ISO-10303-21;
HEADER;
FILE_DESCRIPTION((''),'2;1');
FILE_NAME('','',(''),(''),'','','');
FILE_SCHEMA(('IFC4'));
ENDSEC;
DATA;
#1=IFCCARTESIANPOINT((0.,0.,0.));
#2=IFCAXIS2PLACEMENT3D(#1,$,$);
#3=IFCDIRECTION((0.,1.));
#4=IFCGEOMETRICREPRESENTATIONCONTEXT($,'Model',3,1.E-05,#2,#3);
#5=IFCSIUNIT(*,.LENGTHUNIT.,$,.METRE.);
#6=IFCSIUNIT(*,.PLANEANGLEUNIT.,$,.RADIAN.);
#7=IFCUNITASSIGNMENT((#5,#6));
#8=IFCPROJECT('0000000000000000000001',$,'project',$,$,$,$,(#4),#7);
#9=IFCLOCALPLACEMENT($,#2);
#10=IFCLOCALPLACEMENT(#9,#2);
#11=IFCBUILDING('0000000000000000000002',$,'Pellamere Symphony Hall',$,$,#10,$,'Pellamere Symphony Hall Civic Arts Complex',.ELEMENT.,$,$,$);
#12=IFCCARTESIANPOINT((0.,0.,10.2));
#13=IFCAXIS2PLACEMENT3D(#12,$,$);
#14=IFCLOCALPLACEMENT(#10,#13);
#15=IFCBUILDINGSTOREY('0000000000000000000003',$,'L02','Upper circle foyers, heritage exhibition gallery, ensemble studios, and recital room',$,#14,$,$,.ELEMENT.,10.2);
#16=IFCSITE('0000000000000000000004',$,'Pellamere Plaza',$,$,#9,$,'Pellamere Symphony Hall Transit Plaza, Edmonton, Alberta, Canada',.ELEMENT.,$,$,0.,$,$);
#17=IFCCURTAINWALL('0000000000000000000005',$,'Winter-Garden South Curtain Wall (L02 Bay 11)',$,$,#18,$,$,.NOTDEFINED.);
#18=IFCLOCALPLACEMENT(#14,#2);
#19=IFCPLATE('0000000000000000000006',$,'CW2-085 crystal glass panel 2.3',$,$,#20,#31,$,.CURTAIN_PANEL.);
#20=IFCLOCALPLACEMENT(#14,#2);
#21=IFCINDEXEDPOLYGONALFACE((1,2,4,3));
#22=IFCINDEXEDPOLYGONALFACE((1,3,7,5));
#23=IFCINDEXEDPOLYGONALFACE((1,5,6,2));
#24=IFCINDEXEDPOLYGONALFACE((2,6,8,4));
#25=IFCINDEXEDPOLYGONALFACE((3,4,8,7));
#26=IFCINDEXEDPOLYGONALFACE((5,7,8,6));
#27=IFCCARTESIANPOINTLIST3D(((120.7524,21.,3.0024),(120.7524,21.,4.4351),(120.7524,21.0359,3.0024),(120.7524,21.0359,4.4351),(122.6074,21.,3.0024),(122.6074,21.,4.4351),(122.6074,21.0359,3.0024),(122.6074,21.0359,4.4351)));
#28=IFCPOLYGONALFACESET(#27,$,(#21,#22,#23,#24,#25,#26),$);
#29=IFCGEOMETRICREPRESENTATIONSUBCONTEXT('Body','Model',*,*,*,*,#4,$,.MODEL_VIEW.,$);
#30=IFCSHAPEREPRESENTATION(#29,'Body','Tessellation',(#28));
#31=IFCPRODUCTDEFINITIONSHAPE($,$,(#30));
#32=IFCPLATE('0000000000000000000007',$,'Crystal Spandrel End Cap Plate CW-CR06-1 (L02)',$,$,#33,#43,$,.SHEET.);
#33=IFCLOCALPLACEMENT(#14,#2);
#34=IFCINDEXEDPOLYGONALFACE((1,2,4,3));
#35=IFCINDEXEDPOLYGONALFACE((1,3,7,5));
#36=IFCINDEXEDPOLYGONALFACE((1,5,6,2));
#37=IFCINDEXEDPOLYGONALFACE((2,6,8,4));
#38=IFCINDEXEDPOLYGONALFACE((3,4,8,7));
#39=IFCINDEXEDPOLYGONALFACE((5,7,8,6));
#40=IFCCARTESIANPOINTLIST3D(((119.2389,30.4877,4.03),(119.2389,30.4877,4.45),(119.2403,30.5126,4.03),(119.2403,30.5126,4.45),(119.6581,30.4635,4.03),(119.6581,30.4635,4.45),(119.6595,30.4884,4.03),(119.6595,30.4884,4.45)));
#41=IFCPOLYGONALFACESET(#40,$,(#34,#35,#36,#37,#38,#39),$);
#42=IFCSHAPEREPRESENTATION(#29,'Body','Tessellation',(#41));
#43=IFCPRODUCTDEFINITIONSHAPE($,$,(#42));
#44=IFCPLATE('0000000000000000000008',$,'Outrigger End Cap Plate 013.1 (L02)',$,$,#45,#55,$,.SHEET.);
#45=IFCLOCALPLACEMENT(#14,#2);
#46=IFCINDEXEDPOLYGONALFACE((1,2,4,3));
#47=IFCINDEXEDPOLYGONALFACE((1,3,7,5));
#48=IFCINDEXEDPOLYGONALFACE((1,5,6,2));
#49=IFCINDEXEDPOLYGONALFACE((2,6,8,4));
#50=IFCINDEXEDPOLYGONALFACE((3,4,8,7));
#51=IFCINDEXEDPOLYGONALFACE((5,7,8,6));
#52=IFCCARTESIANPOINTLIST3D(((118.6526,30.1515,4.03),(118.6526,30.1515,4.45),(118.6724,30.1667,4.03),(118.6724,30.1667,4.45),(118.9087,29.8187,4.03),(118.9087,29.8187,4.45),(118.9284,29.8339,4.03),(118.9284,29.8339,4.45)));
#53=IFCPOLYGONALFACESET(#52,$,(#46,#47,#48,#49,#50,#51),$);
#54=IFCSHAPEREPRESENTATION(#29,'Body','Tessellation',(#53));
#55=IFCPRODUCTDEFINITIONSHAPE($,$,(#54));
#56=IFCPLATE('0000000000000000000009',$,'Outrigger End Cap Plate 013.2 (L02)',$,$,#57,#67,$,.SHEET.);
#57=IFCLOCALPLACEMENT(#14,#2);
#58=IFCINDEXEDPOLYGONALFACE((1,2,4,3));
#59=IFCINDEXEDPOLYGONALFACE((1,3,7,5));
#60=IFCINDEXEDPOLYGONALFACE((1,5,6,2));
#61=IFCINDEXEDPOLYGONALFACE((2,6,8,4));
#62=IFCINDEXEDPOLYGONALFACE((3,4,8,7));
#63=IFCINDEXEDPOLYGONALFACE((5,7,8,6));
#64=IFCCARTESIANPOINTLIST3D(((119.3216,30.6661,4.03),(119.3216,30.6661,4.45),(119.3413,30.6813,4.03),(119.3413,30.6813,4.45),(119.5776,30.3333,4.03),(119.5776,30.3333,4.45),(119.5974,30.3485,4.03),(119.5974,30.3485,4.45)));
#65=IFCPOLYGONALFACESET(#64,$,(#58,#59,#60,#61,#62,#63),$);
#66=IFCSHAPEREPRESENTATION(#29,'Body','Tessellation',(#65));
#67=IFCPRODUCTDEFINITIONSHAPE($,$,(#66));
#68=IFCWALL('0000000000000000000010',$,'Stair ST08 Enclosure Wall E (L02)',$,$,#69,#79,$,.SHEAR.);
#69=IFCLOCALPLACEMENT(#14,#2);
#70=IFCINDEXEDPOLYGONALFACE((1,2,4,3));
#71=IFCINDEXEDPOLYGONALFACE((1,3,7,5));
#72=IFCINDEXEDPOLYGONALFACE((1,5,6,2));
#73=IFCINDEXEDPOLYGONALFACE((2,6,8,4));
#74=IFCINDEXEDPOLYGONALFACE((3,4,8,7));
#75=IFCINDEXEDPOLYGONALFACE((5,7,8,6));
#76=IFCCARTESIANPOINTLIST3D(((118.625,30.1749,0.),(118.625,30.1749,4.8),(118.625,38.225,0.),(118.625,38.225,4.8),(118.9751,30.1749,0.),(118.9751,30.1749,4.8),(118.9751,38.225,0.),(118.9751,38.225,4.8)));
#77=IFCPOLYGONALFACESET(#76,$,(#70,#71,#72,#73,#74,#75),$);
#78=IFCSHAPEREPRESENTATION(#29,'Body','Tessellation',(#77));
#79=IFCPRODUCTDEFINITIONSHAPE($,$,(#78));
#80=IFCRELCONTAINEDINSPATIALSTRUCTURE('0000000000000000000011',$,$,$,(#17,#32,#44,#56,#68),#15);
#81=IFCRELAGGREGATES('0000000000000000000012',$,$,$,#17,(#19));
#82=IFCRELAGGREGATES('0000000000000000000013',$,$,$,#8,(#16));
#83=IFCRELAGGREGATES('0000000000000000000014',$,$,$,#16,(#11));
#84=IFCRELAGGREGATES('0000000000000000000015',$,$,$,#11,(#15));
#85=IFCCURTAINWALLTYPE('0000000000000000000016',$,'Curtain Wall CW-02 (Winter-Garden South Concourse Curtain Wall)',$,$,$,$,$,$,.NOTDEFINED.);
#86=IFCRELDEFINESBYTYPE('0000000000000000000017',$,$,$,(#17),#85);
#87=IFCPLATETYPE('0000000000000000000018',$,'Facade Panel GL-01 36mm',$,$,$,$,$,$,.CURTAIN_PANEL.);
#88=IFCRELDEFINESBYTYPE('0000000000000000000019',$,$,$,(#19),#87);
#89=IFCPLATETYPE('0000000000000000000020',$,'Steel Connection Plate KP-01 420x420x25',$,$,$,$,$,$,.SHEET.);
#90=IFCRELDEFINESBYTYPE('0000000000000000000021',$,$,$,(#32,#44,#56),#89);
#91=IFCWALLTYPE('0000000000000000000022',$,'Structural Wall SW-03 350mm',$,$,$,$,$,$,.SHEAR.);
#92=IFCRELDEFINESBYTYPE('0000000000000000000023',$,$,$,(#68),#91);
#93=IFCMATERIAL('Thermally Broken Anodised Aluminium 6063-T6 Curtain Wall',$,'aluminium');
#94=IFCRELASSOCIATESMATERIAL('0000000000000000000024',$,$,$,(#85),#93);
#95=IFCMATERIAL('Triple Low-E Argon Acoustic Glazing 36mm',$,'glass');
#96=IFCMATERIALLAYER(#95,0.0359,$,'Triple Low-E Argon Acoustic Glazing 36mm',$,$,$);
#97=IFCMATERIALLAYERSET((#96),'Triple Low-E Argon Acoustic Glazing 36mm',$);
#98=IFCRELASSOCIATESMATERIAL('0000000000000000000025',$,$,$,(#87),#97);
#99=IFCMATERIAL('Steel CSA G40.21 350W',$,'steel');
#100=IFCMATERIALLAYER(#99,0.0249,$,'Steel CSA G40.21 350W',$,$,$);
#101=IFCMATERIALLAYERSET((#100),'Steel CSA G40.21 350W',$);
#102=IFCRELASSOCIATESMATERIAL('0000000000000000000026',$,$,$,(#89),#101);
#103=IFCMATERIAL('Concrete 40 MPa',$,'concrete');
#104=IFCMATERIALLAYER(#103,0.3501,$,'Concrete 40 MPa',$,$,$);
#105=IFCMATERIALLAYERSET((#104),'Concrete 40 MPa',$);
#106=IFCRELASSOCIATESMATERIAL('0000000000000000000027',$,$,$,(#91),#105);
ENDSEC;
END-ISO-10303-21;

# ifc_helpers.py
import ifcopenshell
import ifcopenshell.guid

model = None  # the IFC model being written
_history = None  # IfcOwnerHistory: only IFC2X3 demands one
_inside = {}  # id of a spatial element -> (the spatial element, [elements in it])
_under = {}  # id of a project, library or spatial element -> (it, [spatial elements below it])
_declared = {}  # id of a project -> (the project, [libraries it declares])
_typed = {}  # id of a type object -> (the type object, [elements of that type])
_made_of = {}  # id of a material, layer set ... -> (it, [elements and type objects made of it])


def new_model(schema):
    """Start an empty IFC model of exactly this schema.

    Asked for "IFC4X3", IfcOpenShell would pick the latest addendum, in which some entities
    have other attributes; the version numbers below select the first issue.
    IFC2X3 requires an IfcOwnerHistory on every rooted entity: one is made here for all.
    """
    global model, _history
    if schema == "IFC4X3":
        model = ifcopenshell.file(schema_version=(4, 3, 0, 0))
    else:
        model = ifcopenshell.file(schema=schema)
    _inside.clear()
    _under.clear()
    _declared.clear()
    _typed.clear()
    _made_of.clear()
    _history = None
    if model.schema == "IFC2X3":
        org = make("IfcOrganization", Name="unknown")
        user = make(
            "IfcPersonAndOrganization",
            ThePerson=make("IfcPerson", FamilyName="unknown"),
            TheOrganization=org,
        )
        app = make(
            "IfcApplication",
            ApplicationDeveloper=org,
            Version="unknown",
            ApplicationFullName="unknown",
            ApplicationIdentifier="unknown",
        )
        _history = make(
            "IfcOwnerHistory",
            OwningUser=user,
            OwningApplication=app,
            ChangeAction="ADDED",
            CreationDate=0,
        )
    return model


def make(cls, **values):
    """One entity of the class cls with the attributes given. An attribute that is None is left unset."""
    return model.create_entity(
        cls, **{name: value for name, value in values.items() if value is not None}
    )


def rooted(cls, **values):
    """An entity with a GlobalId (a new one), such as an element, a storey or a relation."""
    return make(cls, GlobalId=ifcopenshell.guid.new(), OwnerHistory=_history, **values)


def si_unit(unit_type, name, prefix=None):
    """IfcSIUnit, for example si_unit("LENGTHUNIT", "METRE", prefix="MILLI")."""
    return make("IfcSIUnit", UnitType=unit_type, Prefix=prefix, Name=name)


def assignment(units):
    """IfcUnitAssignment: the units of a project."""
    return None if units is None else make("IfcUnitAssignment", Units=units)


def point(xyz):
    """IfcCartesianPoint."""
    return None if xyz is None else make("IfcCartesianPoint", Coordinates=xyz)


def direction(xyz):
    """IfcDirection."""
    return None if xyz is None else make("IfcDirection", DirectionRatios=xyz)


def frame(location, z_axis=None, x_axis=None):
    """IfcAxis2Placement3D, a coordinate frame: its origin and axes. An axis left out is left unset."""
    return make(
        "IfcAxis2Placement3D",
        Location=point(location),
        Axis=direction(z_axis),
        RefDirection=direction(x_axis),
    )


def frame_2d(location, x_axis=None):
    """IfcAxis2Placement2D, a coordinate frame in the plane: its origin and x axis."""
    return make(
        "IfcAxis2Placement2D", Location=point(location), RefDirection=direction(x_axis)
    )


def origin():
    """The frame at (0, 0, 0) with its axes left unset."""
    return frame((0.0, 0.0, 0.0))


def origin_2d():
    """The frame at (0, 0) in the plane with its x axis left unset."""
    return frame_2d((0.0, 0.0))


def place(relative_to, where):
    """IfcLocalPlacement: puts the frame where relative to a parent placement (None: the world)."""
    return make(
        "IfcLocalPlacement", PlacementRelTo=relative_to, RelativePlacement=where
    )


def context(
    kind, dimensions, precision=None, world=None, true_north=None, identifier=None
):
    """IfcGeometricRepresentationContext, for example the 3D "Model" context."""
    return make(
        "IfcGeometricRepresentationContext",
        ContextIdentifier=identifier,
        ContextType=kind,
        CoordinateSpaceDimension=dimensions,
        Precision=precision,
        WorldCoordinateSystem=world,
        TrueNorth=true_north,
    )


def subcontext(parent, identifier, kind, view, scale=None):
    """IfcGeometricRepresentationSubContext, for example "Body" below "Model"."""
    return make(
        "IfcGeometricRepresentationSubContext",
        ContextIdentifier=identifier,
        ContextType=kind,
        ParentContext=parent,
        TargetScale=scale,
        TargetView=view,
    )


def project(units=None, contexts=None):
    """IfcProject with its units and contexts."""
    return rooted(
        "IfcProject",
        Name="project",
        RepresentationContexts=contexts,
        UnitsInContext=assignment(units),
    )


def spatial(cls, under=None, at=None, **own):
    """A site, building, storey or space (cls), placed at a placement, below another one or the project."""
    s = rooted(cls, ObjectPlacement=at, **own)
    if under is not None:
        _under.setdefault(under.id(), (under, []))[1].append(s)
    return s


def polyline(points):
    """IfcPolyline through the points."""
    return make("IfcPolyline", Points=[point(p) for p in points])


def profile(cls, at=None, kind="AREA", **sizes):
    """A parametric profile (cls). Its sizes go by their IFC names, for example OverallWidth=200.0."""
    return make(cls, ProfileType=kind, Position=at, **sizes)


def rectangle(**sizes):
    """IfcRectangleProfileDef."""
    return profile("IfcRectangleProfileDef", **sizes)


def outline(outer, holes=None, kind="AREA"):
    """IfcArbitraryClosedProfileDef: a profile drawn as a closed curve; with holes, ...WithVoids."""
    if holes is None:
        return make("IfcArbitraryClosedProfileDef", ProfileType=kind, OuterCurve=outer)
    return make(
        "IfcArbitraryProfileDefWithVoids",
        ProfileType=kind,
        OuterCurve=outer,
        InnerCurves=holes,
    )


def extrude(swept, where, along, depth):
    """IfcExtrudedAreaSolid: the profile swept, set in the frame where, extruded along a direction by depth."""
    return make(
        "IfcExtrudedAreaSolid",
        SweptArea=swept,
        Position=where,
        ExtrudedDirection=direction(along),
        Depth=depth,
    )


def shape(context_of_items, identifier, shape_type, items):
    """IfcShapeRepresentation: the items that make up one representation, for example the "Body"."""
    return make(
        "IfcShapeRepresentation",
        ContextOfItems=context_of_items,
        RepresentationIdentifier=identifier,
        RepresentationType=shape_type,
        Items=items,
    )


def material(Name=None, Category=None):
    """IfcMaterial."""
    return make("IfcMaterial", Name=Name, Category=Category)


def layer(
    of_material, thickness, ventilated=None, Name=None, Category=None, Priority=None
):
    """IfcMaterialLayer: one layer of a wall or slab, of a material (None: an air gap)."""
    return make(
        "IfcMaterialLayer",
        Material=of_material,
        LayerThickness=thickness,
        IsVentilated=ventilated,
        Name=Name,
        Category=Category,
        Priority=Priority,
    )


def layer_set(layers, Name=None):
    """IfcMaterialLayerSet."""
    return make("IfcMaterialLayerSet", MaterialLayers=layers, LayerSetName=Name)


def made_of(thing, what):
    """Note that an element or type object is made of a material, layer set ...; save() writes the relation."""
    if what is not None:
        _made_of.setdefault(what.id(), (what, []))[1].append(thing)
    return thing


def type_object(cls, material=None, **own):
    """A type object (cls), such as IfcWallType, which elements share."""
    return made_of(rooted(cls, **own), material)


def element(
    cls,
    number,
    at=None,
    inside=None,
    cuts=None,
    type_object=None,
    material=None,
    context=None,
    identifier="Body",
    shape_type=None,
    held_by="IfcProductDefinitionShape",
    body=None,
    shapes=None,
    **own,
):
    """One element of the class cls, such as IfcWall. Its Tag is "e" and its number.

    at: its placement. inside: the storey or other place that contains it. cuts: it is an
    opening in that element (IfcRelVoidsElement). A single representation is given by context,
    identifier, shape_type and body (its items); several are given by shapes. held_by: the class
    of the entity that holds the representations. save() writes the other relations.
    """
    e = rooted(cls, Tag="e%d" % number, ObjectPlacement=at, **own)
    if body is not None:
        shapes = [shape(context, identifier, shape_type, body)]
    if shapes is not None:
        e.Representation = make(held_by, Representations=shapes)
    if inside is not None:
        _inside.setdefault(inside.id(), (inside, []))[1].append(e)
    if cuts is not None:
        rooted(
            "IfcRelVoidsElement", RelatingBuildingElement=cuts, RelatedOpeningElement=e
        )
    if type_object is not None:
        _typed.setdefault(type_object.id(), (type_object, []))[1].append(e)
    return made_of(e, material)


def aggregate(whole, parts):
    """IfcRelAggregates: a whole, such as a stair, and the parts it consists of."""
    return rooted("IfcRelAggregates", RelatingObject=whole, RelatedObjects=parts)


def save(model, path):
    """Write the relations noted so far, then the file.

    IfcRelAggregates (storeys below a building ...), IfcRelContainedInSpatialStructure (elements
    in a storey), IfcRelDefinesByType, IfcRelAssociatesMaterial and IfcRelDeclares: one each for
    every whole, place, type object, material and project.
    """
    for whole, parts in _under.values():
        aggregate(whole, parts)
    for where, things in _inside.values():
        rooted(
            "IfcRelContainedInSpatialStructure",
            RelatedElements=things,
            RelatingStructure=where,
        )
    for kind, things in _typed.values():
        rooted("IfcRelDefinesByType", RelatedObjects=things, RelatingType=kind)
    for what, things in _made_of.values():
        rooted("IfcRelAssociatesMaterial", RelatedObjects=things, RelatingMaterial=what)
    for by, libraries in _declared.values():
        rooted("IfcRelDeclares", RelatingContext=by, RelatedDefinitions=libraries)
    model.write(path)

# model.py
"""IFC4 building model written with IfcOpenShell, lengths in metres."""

from ifc_helpers import new_model, si_unit, direction, frame, frame_2d, origin, origin_2d, place, context, subcontext, project, spatial, polyline, rectangle, outline, extrude, material, layer, layer_set, type_object, element, aggregate, save


model = new_model("IFC4")

# Units and contexts
model_context = context("Model", 3, precision=1e-05, world=origin(), true_north=direction((0.0, 1.0)))
body_context = subcontext(model_context, "Body", "Model", "MODEL_VIEW")
ifc_project = project(units=[si_unit("LENGTHUNIT", "METRE"), si_unit("PLANEANGLEUNIT", "RADIAN")], contexts=[model_context])

# Site, building, storey
site_placement = place(None, origin())
site = spatial("IfcSite", under=ifc_project, at=site_placement, Name="Pellamere Plaza", LongName="Pellamere Symphony Hall Transit Plaza, Edmonton, Alberta, Canada", CompositionType="ELEMENT", RefElevation=0.0)
building_placement = place(site_placement, origin())
building = spatial("IfcBuilding", under=site, at=building_placement, Name="Pellamere Symphony Hall", LongName="Pellamere Symphony Hall Civic Arts Complex", CompositionType="ELEMENT")
storey_placement = place(building_placement, frame((0.0, 0.0, 10.2)))
storey = spatial("IfcBuildingStorey", under=building, at=storey_placement, Name="L02", Description="Upper circle foyers, heritage exhibition gallery, ensemble studios, and recital room", CompositionType="ELEMENT", Elevation=10.2)

# Shared definitions
ifc_material_1 = material(Name="Concrete 40 MPa", Category="concrete")

# Shared definitions
ifc_material_2 = material(Name="Thermally Broken Anodised Aluminium 6063-T6 Curtain Wall", Category="aluminium")
curtain_wall_type_1 = type_object("IfcCurtainWallType", Name="Curtain Wall CW-02 (Winter-Garden South Concourse Curtain Wall)", PredefinedType="NOTDEFINED", material=ifc_material_2)

# Curtain wall
curtain_wall_1_placement = place(storey_placement, origin())
curtain_wall_1 = element("IfcCurtainWall", 1, at=curtain_wall_1_placement, inside=storey, type_object=curtain_wall_type_1, Name="Winter-Garden South Curtain Wall (L02 Bay 11)", PredefinedType="NOTDEFINED")

# Shared definitions
ifc_material_3 = material(Name="Steel CSA G40.21 350W", Category="steel")

# Plate
ifc_material_4 = material(Name="Triple Low-E Argon Acoustic Glazing 36mm", Category="glass")
ifc_layer_1 = layer(ifc_material_4, 0.0359, Name="Triple Low-E Argon Acoustic Glazing 36mm")
ifc_layer_set_1 = layer_set([ifc_layer_1], Name="Triple Low-E Argon Acoustic Glazing 36mm")
plate_type_1 = type_object("IfcPlateType", Name="Facade Panel GL-01 36mm", PredefinedType="CURTAIN_PANEL", material=ifc_layer_set_1)
plate_1_placement = place(storey_placement, frame((120.7524, 21.0, 3.0024), z_axis=(0.0, -1.0, 0.0), x_axis=(1.0, 0.0, 0.0)))
plate_1 = element("IfcPlate", 2, at=plate_1_placement, type_object=plate_type_1, Name="CW2-085 crystal glass panel 2.3", PredefinedType="CURTAIN_PANEL", context=body_context, shape_type="SweptSolid", body=[
    extrude(outline(polyline([(0.0, 0.0), (1.855, 0.0), (1.855, 1.4326), (0.0, 1.4326), (0.0, 0.0)])), origin(), (0.0, 0.0, -1.0), 0.0359),
])
aggregate(curtain_wall_1, [plate_1])

# Plates
ifc_layer_2 = layer(ifc_material_3, 0.0249, Name="Steel CSA G40.21 350W")
ifc_layer_set_2 = layer_set([ifc_layer_2], Name="Steel CSA G40.21 350W")
plate_type_2 = type_object("IfcPlateType", Name="Steel Connection Plate KP-01 420x420x25", PredefinedType="SHEET", material=ifc_layer_set_2)
for number, where, z_axis, x_axis, name in (
    (3, (119.4492, 30.488, 4.03), (0.0, 0.0, 1.0), (0.057564, 0.998342, 0.0), "Crystal Spandrel End Cap Plate CW-CR06-1 (L02)"),
    (4, (118.7905, 29.9927, 4.03), (0.0, 0.0, 1.0), (0.792609, 0.60973, 0.0), "Outrigger End Cap Plate 013.1 (L02)"),
    (5, (119.4595, 30.5073, 4.03), (0.0, 0.0, 1.0), (0.792609, 0.60973, 0.0), "Outrigger End Cap Plate 013.2 (L02)"),
):
    element("IfcPlate", number, at=place(storey_placement, frame(where, z_axis=z_axis, x_axis=x_axis)), inside=storey, type_object=plate_type_2, Name=name, PredefinedType="SHEET", context=body_context, shape_type="SweptSolid", body=[
        extrude(rectangle(XDim=0.0249, YDim=0.4199, at=origin_2d()), origin(), (0.0, 0.0, 1.0), 0.4199),
    ])

# Wall
ifc_layer_3 = layer(ifc_material_1, 0.3501, Name="Concrete 40 MPa")
ifc_layer_set_3 = layer_set([ifc_layer_3], Name="Concrete 40 MPa")
wall_type = type_object("IfcWallType", Name="Structural Wall SW-03 350mm", PredefinedType="SHEAR", material=ifc_layer_set_3)
wall_placement = place(storey_placement, frame((118.8, 30.175, 0.0), z_axis=(0.0, 0.0, 1.0), x_axis=(0.0, 1.0, 0.0)))
element("IfcWall", 6, at=wall_placement, inside=storey, type_object=wall_type, Name="Stair ST08 Enclosure Wall E (L02)", PredefinedType="SHEAR", context=body_context, shape_type="SweptSolid", body=[
    extrude(rectangle(XDim=8.05, YDim=0.3501, at=frame_2d((4.0249, 0.0))), origin(), (0.0, 0.0, 1.0), 4.8),
])

save(model, "model.ifc")
